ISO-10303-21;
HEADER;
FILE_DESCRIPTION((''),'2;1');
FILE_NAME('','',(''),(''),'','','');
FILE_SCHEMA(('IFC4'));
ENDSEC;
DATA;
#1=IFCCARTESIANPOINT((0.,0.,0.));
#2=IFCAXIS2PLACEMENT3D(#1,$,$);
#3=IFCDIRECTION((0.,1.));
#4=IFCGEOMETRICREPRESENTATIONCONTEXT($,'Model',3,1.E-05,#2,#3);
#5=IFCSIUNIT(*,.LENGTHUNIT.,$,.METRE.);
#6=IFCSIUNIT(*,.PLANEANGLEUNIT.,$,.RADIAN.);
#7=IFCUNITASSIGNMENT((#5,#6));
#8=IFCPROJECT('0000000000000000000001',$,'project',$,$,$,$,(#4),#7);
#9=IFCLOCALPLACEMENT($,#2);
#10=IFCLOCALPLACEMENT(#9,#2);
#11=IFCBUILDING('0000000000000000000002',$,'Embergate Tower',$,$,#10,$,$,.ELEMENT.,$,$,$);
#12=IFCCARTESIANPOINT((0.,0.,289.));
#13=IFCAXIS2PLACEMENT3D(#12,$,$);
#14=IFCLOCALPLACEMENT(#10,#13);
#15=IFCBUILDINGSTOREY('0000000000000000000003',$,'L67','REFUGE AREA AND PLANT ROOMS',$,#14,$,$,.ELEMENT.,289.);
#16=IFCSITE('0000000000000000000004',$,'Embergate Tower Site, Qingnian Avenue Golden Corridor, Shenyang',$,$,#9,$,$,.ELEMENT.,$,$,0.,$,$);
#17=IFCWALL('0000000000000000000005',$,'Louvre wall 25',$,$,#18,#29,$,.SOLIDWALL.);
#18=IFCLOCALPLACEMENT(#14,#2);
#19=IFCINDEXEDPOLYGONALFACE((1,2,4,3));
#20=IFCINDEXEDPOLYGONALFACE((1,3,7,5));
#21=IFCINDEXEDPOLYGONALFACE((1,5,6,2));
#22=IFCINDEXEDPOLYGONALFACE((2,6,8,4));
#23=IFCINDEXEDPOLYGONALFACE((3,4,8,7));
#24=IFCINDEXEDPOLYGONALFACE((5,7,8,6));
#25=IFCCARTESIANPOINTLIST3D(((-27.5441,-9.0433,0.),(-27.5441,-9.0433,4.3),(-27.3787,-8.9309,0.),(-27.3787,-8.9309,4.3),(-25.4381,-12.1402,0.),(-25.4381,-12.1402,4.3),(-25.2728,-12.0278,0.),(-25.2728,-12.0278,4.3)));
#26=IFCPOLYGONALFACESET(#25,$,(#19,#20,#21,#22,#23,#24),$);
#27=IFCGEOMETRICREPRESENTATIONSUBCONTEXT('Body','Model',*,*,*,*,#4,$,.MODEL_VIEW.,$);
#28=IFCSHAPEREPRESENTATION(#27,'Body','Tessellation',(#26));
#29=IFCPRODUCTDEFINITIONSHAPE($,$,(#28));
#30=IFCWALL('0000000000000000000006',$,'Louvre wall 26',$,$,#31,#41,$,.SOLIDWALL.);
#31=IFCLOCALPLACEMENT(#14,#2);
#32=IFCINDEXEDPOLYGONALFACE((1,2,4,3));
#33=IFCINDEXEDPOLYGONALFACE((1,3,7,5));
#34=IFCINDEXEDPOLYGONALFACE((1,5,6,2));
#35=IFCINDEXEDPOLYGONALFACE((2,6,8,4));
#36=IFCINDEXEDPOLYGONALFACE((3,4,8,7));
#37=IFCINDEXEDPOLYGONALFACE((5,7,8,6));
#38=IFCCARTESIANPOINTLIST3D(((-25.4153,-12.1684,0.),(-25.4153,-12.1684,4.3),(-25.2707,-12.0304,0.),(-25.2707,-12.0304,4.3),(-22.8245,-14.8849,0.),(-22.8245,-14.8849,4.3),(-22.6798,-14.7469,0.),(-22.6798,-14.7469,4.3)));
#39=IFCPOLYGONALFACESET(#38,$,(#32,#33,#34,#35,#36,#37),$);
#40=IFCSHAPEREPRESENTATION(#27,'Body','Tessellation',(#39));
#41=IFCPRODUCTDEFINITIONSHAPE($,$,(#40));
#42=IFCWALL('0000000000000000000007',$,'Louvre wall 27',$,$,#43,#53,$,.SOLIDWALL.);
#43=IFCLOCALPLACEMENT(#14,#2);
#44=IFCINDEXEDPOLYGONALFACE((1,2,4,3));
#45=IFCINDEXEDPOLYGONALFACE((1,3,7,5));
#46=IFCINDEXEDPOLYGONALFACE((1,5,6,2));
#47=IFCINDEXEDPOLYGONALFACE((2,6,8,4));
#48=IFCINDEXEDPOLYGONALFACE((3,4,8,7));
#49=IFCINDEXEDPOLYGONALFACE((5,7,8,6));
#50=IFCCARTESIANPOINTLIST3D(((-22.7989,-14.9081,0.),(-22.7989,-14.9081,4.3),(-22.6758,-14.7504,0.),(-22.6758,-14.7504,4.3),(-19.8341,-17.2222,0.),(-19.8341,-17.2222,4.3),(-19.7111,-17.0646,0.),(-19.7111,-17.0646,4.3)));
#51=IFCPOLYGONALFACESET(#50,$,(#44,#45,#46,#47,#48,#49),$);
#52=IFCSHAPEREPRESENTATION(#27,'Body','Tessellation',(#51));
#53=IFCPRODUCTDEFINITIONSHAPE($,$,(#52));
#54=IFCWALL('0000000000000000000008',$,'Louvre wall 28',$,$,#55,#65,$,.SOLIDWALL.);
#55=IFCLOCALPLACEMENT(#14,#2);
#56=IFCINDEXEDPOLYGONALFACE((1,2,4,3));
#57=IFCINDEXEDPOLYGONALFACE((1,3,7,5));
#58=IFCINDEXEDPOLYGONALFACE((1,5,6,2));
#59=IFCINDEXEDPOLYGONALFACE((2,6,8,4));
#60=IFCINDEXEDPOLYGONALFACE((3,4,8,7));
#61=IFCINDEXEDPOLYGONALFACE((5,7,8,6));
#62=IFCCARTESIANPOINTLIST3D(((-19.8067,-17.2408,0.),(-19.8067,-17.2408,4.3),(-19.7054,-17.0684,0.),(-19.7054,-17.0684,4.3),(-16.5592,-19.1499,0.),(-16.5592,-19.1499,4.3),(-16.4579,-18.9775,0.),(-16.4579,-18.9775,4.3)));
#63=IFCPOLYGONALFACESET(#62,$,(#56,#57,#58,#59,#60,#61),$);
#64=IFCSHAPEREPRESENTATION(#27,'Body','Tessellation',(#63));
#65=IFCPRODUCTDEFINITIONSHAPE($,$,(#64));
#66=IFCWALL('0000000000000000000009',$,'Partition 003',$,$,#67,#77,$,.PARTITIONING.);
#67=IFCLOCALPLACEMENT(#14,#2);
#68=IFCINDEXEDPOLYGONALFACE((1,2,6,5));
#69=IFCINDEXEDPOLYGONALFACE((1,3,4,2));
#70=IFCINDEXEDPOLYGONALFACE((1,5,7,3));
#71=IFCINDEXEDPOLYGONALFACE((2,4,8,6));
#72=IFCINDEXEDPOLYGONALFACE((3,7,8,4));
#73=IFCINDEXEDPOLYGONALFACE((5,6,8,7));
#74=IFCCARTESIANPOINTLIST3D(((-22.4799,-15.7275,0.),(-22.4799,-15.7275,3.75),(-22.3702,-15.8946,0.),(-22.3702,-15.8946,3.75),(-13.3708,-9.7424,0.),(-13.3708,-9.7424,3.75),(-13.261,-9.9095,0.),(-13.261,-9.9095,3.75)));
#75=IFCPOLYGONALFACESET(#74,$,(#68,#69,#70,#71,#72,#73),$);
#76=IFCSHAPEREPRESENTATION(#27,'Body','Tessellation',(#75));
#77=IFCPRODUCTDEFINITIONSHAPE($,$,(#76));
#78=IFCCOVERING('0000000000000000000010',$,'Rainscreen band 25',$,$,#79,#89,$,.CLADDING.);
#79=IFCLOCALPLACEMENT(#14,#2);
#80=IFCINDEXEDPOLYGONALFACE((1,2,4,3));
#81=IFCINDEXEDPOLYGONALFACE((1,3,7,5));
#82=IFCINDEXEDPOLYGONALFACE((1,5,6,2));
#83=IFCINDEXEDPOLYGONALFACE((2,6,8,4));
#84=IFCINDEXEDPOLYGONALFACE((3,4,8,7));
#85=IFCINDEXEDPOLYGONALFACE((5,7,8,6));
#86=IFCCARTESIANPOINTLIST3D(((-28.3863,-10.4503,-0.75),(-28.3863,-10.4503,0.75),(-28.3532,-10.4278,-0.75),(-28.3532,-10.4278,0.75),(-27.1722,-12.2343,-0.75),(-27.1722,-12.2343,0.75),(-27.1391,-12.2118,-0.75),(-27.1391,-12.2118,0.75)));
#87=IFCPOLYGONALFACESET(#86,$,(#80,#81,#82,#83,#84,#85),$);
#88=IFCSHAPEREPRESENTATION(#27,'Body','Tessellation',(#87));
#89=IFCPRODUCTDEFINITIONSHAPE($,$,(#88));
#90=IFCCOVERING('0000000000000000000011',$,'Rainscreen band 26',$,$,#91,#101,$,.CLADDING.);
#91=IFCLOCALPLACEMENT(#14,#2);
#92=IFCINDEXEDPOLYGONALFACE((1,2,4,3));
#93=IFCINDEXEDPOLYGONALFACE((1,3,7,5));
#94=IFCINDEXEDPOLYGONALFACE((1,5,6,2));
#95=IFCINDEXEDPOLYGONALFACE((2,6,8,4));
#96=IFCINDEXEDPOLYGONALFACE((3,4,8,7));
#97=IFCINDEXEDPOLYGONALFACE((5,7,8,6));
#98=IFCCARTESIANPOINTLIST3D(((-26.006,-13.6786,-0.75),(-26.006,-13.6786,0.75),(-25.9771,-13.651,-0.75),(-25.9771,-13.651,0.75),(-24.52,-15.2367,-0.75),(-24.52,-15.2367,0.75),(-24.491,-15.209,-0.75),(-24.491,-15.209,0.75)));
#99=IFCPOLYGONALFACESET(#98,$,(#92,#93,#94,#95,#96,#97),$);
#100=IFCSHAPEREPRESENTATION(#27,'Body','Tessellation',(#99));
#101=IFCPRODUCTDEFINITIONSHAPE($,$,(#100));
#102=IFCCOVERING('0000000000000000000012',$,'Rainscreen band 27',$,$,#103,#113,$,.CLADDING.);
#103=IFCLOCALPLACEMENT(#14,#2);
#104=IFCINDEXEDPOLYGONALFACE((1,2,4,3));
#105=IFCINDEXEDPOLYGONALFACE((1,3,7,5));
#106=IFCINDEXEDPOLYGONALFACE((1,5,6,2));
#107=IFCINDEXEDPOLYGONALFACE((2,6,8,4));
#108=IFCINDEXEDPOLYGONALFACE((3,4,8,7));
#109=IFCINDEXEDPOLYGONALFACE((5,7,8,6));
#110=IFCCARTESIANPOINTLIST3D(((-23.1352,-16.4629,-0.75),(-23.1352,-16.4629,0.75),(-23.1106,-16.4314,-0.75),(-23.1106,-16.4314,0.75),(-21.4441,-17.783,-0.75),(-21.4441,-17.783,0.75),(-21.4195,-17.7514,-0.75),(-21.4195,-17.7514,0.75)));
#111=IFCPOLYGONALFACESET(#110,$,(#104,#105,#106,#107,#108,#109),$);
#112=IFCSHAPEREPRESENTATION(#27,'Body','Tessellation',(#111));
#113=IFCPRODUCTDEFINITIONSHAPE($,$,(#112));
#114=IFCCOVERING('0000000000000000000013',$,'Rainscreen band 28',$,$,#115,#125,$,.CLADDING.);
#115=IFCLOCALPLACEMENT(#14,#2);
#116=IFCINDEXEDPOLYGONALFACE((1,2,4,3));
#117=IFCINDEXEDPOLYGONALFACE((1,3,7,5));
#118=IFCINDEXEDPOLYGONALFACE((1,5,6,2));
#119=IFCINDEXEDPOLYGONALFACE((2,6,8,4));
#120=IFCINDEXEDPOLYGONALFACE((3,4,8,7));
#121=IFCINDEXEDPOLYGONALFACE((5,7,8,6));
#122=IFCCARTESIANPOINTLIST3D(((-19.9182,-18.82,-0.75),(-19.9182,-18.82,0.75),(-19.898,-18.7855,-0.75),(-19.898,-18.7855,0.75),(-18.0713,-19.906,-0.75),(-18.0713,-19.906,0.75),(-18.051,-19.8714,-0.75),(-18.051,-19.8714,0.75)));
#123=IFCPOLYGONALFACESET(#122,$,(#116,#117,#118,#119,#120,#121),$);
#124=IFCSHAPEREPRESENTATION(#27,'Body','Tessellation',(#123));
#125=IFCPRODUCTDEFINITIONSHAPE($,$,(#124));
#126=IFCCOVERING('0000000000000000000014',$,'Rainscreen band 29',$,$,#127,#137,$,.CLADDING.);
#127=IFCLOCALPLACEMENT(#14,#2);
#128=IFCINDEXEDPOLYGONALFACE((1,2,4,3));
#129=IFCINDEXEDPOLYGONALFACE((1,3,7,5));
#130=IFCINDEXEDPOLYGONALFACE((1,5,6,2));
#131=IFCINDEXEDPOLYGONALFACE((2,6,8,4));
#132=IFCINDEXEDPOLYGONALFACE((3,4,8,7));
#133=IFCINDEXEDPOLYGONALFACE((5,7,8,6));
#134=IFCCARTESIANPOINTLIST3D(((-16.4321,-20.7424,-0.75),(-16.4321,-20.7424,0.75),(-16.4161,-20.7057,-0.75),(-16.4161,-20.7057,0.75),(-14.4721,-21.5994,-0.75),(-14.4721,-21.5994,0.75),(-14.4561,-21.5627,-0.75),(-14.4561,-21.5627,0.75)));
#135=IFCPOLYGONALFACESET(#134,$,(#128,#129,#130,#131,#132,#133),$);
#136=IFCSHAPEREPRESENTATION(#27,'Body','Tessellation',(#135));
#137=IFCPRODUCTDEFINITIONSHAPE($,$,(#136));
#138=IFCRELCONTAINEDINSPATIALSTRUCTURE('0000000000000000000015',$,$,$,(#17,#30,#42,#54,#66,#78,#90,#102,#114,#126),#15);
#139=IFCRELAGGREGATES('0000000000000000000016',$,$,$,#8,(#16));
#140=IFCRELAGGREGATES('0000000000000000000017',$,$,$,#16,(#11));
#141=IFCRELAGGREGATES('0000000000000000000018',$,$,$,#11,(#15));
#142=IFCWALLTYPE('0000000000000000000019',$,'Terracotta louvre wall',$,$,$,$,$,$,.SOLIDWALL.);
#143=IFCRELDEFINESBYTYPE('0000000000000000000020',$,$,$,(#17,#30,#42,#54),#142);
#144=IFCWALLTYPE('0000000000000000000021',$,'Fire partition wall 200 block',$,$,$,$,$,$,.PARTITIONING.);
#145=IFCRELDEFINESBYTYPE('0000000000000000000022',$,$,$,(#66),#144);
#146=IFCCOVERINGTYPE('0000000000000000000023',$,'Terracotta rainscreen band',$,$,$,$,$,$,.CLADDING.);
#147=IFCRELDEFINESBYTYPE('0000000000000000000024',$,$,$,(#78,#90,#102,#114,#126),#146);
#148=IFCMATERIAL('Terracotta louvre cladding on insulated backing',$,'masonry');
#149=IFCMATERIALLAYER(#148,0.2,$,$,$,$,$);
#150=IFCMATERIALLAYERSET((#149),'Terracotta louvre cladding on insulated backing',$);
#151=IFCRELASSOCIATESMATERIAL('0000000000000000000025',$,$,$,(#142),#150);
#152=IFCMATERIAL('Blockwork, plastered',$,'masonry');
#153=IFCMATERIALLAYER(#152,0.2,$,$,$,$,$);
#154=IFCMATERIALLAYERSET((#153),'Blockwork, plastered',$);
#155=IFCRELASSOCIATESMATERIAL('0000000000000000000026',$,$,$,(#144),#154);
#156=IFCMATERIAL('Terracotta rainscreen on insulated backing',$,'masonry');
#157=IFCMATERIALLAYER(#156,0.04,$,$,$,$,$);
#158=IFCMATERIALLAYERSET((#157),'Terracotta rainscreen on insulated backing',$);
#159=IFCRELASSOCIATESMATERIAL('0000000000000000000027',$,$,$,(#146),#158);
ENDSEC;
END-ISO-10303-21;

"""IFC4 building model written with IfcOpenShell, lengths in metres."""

from ifc_helpers import new_model, si_unit, direction, frame, frame_2d, origin, origin_2d, place, context, subcontext, project, spatial, rectangle, extrude, source, transform, mapped, material, layer, layer_set, type_object, element, save


model = new_model("IFC4")

# Units and contexts
model_context = context("Model", 3, precision=1e-05, world=origin(), true_north=direction((0.0, 1.0)))
body_context = subcontext(model_context, "Body", "Model", "MODEL_VIEW")
ifc_project = project(units=[si_unit("LENGTHUNIT", "METRE"), si_unit("PLANEANGLEUNIT", "RADIAN")], contexts=[model_context])

# Site, building, storey
site_placement = place(None, origin())
site = spatial("IfcSite", under=ifc_project, at=site_placement, Name="Embergate Tower Site, Qingnian Avenue Golden Corridor, Shenyang", CompositionType="ELEMENT", RefElevation=0.0)
building_placement = place(site_placement, origin())
building = spatial("IfcBuilding", under=site, at=building_placement, Name="Embergate Tower", CompositionType="ELEMENT")
storey_placement = place(building_placement, frame((0.0, 0.0, 289.0)))
storey = spatial("IfcBuildingStorey", under=building, at=storey_placement, Name="L67", Description="REFUGE AREA AND PLANT ROOMS", CompositionType="ELEMENT", Elevation=289.0)

# Walls
ifc_material_1 = material(Name="Terracotta louvre cladding on insulated backing", Category="masonry")
ifc_layer_1 = layer(ifc_material_1, 0.2)
ifc_layer_set_1 = layer_set([ifc_layer_1], Name="Terracotta louvre cladding on insulated backing")
wall_type_1 = type_object("IfcWallType", Name="Terracotta louvre wall", PredefinedType="SOLIDWALL", material=ifc_layer_set_1)
shared_shape_1 = source(origin(), body_context, "Body", "SweptSolid", [
    extrude(rectangle(XDim=3.7451, YDim=0.2, at=frame_2d((1.8726, 0.0))), origin(), (0.0, 0.0, 1.0), 4.3),
])
wall_1_placement = place(storey_placement, frame((-25.3555, -12.084, 0.0), z_axis=(0.0, 0.0, 1.0), x_axis=(-0.562319, 0.82692, 0.0)))
element("IfcWall", 1, at=wall_1_placement, inside=storey, type_object=wall_type_1, Name="Louvre wall 25", PredefinedType="SOLIDWALL", context=body_context, shape_type="MappedRepresentation", body=[
    mapped(shared_shape_1, transform((0.0, 0.0, 0.0))),
])
shared_shape_2 = source(origin(), body_context, "Body", "SweptSolid", [
    extrude(rectangle(XDim=3.7539, YDim=0.2, at=frame_2d((1.877, 0.0))), origin(), (0.0, 0.0, 1.0), 4.3),
])
wall_2_placement = place(storey_placement, frame((-22.7522, -14.8159, 0.0), z_axis=(0.0, 0.0, 1.0), x_axis=(-0.690162, 0.723655, 0.0)))
element("IfcWall", 2, at=wall_2_placement, inside=storey, type_object=wall_type_1, Name="Louvre wall 26", PredefinedType="SOLIDWALL", context=body_context, shape_type="MappedRepresentation", body=[
    mapped(shared_shape_2, transform((0.0, 0.0, 0.0))),
])
shared_shape_3 = source(origin(), body_context, "Body", "SweptSolid", [
    extrude(rectangle(XDim=3.761, YDim=0.2, at=frame_2d((1.8804, 0.0))), origin(), (0.0, 0.0, 1.0), 4.3),
])
wall_3_placement = place(storey_placement, frame((-19.7727, -17.1433, 0.0), z_axis=(0.0, 0.0, 1.0), x_axis=(-0.788292, 0.615301, 0.0)))
element("IfcWall", 3, at=wall_3_placement, inside=storey, type_object=wall_type_1, Name="Louvre wall 27", PredefinedType="SOLIDWALL", context=body_context, shape_type="MappedRepresentation", body=[
    mapped(shared_shape_3, transform((0.0, 0.0, 0.0))),
])
shared_shape_4 = source(origin(), body_context, "Body", "SweptSolid", [
    extrude(rectangle(XDim=3.7671, YDim=0.2, at=frame_2d((1.8835, 0.0))), origin(), (0.0, 0.0, 1.0), 4.3),
])
wall_4_placement = place(storey_placement, frame((-16.5085, -19.0637, 0.0), z_axis=(0.0, 0.0, 1.0), x_axis=(-0.862067, 0.506794, 0.0)))
element("IfcWall", 4, at=wall_4_placement, inside=storey, type_object=wall_type_1, Name="Louvre wall 28", PredefinedType="SOLIDWALL", context=body_context, shape_type="MappedRepresentation", body=[
    mapped(shared_shape_4, transform((0.0, 0.0, 0.0))),
])
ifc_material_2 = material(Name="Blockwork, plastered", Category="masonry")
ifc_layer_2 = layer(ifc_material_2, 0.2)
ifc_layer_set_2 = layer_set([ifc_layer_2], Name="Blockwork, plastered")
wall_type_2 = type_object("IfcWallType", Name="Fire partition wall 200 block", PredefinedType="PARTITIONING", material=ifc_layer_set_2)
shared_shape_5 = source(origin(), body_context, "Body", "SweptSolid", [
    extrude(rectangle(XDim=10.8994, YDim=0.2, at=frame_2d((5.4497, 0.0))), origin(), (0.0, 0.0, 1.0), 3.75),
])
wall_5_placement = place(storey_placement, frame((-22.425, -15.811, 0.0), z_axis=(0.0, 0.0, 1.0), x_axis=(0.835743, 0.549121, 0.0)))
element("IfcWall", 5, at=wall_5_placement, inside=storey, type_object=wall_type_2, Name="Partition 003", PredefinedType="PARTITIONING", context=body_context, shape_type="MappedRepresentation", body=[
    mapped(shared_shape_5, transform((0.0, 0.0, 0.0))),
])

# Coverings
ifc_material_3 = material(Name="Terracotta rainscreen on insulated backing", Category="masonry")
ifc_layer_3 = layer(ifc_material_3, 0.04)
ifc_layer_set_3 = layer_set([ifc_layer_3], Name="Terracotta rainscreen on insulated backing")
covering_type = type_object("IfcCoveringType", Name="Terracotta rainscreen band", PredefinedType="CLADDING", material=ifc_layer_set_3)
shared_shape_6 = source(origin(), body_context, "Body", "SweptSolid", [
    extrude(rectangle(XDim=2.158, YDim=0.04, at=origin_2d()), origin(), (0.0, 0.0, 1.0), 1.5),
])
covering_1_placement = place(storey_placement, frame((-27.7627, -11.3311, -0.75), z_axis=(0.0, 0.0, 1.0), x_axis=(0.562589, -0.826737, 0.0)))
element("IfcCovering", 6, at=covering_1_placement, inside=storey, type_object=covering_type, Name="Rainscreen band 25", PredefinedType="CLADDING", context=body_context, shape_type="MappedRepresentation", body=[
    mapped(shared_shape_6, transform((0.0, 0.0, 0.0))),
])
shared_shape_7 = source(origin(), body_context, "Body", "SweptSolid", [
    extrude(rectangle(XDim=2.1531, YDim=0.04, at=origin_2d()), origin(), (0.0, 0.0, 1.0), 1.5),
])
covering_2_placement = place(storey_placement, frame((-25.2485, -14.4438, -0.75), z_axis=(0.0, 0.0, 1.0), x_axis=(0.690188, -0.72363, 0.0)))
element("IfcCovering", 7, at=covering_2_placement, inside=storey, type_object=covering_type, Name="Rainscreen band 26", PredefinedType="CLADDING", context=body_context, shape_type="MappedRepresentation", body=[
    mapped(shared_shape_7, transform((0.0, 0.0, 0.0))),
])
shared_shape_8 = source(origin(), body_context, "Body", "SweptSolid", [
    extrude(rectangle(XDim=2.1453, YDim=0.04, at=origin_2d()), origin(), (0.0, 0.0, 1.0), 1.5),
])
covering_3_placement = place(storey_placement, frame((-22.2773, -17.1072, -0.75), z_axis=(0.0, 0.0, 1.0), x_axis=(0.788272, -0.615327, 0.0)))
element("IfcCovering", 8, at=covering_3_placement, inside=storey, type_object=covering_type, Name="Rainscreen band 27", PredefinedType="CLADDING", context=body_context, shape_type="MappedRepresentation", body=[
    mapped(shared_shape_8, transform((0.0, 0.0, 0.0))),
])
shared_shape_9 = source(origin(), body_context, "Body", "SweptSolid", [
    extrude(rectangle(XDim=2.1426, YDim=0.04, at=origin_2d()), origin(), (0.0, 0.0, 1.0), 1.5),
])
covering_4_placement = place(storey_placement, frame((-18.9846, -19.3457, -0.75), z_axis=(0.0, 0.0, 1.0), x_axis=(0.86203, -0.506857, 0.0)))
element("IfcCovering", 9, at=covering_4_placement, inside=storey, type_object=covering_type, Name="Rainscreen band 28", PredefinedType="CLADDING", context=body_context, shape_type="MappedRepresentation", body=[
    mapped(shared_shape_9, transform((0.0, 0.0, 0.0))),
])
shared_shape_10 = source(origin(), body_context, "Body", "SweptSolid", [
    extrude(rectangle(XDim=2.1392, YDim=0.04, at=origin_2d()), origin(), (0.0, 0.0, 1.0), 1.5),
])
covering_5_placement = place(storey_placement, frame((-15.4441, -21.1526, -0.75), z_axis=(0.0, 0.0, 1.0), x_axis=(0.916243, -0.400623, 0.0)))
element("IfcCovering", 10, at=covering_5_placement, inside=storey, type_object=covering_type, Name="Rainscreen band 29", PredefinedType="CLADDING", context=body_context, shape_type="MappedRepresentation", body=[
    mapped(shared_shape_10, transform((0.0, 0.0, 0.0))),
])

save(model, "model.ifc")
